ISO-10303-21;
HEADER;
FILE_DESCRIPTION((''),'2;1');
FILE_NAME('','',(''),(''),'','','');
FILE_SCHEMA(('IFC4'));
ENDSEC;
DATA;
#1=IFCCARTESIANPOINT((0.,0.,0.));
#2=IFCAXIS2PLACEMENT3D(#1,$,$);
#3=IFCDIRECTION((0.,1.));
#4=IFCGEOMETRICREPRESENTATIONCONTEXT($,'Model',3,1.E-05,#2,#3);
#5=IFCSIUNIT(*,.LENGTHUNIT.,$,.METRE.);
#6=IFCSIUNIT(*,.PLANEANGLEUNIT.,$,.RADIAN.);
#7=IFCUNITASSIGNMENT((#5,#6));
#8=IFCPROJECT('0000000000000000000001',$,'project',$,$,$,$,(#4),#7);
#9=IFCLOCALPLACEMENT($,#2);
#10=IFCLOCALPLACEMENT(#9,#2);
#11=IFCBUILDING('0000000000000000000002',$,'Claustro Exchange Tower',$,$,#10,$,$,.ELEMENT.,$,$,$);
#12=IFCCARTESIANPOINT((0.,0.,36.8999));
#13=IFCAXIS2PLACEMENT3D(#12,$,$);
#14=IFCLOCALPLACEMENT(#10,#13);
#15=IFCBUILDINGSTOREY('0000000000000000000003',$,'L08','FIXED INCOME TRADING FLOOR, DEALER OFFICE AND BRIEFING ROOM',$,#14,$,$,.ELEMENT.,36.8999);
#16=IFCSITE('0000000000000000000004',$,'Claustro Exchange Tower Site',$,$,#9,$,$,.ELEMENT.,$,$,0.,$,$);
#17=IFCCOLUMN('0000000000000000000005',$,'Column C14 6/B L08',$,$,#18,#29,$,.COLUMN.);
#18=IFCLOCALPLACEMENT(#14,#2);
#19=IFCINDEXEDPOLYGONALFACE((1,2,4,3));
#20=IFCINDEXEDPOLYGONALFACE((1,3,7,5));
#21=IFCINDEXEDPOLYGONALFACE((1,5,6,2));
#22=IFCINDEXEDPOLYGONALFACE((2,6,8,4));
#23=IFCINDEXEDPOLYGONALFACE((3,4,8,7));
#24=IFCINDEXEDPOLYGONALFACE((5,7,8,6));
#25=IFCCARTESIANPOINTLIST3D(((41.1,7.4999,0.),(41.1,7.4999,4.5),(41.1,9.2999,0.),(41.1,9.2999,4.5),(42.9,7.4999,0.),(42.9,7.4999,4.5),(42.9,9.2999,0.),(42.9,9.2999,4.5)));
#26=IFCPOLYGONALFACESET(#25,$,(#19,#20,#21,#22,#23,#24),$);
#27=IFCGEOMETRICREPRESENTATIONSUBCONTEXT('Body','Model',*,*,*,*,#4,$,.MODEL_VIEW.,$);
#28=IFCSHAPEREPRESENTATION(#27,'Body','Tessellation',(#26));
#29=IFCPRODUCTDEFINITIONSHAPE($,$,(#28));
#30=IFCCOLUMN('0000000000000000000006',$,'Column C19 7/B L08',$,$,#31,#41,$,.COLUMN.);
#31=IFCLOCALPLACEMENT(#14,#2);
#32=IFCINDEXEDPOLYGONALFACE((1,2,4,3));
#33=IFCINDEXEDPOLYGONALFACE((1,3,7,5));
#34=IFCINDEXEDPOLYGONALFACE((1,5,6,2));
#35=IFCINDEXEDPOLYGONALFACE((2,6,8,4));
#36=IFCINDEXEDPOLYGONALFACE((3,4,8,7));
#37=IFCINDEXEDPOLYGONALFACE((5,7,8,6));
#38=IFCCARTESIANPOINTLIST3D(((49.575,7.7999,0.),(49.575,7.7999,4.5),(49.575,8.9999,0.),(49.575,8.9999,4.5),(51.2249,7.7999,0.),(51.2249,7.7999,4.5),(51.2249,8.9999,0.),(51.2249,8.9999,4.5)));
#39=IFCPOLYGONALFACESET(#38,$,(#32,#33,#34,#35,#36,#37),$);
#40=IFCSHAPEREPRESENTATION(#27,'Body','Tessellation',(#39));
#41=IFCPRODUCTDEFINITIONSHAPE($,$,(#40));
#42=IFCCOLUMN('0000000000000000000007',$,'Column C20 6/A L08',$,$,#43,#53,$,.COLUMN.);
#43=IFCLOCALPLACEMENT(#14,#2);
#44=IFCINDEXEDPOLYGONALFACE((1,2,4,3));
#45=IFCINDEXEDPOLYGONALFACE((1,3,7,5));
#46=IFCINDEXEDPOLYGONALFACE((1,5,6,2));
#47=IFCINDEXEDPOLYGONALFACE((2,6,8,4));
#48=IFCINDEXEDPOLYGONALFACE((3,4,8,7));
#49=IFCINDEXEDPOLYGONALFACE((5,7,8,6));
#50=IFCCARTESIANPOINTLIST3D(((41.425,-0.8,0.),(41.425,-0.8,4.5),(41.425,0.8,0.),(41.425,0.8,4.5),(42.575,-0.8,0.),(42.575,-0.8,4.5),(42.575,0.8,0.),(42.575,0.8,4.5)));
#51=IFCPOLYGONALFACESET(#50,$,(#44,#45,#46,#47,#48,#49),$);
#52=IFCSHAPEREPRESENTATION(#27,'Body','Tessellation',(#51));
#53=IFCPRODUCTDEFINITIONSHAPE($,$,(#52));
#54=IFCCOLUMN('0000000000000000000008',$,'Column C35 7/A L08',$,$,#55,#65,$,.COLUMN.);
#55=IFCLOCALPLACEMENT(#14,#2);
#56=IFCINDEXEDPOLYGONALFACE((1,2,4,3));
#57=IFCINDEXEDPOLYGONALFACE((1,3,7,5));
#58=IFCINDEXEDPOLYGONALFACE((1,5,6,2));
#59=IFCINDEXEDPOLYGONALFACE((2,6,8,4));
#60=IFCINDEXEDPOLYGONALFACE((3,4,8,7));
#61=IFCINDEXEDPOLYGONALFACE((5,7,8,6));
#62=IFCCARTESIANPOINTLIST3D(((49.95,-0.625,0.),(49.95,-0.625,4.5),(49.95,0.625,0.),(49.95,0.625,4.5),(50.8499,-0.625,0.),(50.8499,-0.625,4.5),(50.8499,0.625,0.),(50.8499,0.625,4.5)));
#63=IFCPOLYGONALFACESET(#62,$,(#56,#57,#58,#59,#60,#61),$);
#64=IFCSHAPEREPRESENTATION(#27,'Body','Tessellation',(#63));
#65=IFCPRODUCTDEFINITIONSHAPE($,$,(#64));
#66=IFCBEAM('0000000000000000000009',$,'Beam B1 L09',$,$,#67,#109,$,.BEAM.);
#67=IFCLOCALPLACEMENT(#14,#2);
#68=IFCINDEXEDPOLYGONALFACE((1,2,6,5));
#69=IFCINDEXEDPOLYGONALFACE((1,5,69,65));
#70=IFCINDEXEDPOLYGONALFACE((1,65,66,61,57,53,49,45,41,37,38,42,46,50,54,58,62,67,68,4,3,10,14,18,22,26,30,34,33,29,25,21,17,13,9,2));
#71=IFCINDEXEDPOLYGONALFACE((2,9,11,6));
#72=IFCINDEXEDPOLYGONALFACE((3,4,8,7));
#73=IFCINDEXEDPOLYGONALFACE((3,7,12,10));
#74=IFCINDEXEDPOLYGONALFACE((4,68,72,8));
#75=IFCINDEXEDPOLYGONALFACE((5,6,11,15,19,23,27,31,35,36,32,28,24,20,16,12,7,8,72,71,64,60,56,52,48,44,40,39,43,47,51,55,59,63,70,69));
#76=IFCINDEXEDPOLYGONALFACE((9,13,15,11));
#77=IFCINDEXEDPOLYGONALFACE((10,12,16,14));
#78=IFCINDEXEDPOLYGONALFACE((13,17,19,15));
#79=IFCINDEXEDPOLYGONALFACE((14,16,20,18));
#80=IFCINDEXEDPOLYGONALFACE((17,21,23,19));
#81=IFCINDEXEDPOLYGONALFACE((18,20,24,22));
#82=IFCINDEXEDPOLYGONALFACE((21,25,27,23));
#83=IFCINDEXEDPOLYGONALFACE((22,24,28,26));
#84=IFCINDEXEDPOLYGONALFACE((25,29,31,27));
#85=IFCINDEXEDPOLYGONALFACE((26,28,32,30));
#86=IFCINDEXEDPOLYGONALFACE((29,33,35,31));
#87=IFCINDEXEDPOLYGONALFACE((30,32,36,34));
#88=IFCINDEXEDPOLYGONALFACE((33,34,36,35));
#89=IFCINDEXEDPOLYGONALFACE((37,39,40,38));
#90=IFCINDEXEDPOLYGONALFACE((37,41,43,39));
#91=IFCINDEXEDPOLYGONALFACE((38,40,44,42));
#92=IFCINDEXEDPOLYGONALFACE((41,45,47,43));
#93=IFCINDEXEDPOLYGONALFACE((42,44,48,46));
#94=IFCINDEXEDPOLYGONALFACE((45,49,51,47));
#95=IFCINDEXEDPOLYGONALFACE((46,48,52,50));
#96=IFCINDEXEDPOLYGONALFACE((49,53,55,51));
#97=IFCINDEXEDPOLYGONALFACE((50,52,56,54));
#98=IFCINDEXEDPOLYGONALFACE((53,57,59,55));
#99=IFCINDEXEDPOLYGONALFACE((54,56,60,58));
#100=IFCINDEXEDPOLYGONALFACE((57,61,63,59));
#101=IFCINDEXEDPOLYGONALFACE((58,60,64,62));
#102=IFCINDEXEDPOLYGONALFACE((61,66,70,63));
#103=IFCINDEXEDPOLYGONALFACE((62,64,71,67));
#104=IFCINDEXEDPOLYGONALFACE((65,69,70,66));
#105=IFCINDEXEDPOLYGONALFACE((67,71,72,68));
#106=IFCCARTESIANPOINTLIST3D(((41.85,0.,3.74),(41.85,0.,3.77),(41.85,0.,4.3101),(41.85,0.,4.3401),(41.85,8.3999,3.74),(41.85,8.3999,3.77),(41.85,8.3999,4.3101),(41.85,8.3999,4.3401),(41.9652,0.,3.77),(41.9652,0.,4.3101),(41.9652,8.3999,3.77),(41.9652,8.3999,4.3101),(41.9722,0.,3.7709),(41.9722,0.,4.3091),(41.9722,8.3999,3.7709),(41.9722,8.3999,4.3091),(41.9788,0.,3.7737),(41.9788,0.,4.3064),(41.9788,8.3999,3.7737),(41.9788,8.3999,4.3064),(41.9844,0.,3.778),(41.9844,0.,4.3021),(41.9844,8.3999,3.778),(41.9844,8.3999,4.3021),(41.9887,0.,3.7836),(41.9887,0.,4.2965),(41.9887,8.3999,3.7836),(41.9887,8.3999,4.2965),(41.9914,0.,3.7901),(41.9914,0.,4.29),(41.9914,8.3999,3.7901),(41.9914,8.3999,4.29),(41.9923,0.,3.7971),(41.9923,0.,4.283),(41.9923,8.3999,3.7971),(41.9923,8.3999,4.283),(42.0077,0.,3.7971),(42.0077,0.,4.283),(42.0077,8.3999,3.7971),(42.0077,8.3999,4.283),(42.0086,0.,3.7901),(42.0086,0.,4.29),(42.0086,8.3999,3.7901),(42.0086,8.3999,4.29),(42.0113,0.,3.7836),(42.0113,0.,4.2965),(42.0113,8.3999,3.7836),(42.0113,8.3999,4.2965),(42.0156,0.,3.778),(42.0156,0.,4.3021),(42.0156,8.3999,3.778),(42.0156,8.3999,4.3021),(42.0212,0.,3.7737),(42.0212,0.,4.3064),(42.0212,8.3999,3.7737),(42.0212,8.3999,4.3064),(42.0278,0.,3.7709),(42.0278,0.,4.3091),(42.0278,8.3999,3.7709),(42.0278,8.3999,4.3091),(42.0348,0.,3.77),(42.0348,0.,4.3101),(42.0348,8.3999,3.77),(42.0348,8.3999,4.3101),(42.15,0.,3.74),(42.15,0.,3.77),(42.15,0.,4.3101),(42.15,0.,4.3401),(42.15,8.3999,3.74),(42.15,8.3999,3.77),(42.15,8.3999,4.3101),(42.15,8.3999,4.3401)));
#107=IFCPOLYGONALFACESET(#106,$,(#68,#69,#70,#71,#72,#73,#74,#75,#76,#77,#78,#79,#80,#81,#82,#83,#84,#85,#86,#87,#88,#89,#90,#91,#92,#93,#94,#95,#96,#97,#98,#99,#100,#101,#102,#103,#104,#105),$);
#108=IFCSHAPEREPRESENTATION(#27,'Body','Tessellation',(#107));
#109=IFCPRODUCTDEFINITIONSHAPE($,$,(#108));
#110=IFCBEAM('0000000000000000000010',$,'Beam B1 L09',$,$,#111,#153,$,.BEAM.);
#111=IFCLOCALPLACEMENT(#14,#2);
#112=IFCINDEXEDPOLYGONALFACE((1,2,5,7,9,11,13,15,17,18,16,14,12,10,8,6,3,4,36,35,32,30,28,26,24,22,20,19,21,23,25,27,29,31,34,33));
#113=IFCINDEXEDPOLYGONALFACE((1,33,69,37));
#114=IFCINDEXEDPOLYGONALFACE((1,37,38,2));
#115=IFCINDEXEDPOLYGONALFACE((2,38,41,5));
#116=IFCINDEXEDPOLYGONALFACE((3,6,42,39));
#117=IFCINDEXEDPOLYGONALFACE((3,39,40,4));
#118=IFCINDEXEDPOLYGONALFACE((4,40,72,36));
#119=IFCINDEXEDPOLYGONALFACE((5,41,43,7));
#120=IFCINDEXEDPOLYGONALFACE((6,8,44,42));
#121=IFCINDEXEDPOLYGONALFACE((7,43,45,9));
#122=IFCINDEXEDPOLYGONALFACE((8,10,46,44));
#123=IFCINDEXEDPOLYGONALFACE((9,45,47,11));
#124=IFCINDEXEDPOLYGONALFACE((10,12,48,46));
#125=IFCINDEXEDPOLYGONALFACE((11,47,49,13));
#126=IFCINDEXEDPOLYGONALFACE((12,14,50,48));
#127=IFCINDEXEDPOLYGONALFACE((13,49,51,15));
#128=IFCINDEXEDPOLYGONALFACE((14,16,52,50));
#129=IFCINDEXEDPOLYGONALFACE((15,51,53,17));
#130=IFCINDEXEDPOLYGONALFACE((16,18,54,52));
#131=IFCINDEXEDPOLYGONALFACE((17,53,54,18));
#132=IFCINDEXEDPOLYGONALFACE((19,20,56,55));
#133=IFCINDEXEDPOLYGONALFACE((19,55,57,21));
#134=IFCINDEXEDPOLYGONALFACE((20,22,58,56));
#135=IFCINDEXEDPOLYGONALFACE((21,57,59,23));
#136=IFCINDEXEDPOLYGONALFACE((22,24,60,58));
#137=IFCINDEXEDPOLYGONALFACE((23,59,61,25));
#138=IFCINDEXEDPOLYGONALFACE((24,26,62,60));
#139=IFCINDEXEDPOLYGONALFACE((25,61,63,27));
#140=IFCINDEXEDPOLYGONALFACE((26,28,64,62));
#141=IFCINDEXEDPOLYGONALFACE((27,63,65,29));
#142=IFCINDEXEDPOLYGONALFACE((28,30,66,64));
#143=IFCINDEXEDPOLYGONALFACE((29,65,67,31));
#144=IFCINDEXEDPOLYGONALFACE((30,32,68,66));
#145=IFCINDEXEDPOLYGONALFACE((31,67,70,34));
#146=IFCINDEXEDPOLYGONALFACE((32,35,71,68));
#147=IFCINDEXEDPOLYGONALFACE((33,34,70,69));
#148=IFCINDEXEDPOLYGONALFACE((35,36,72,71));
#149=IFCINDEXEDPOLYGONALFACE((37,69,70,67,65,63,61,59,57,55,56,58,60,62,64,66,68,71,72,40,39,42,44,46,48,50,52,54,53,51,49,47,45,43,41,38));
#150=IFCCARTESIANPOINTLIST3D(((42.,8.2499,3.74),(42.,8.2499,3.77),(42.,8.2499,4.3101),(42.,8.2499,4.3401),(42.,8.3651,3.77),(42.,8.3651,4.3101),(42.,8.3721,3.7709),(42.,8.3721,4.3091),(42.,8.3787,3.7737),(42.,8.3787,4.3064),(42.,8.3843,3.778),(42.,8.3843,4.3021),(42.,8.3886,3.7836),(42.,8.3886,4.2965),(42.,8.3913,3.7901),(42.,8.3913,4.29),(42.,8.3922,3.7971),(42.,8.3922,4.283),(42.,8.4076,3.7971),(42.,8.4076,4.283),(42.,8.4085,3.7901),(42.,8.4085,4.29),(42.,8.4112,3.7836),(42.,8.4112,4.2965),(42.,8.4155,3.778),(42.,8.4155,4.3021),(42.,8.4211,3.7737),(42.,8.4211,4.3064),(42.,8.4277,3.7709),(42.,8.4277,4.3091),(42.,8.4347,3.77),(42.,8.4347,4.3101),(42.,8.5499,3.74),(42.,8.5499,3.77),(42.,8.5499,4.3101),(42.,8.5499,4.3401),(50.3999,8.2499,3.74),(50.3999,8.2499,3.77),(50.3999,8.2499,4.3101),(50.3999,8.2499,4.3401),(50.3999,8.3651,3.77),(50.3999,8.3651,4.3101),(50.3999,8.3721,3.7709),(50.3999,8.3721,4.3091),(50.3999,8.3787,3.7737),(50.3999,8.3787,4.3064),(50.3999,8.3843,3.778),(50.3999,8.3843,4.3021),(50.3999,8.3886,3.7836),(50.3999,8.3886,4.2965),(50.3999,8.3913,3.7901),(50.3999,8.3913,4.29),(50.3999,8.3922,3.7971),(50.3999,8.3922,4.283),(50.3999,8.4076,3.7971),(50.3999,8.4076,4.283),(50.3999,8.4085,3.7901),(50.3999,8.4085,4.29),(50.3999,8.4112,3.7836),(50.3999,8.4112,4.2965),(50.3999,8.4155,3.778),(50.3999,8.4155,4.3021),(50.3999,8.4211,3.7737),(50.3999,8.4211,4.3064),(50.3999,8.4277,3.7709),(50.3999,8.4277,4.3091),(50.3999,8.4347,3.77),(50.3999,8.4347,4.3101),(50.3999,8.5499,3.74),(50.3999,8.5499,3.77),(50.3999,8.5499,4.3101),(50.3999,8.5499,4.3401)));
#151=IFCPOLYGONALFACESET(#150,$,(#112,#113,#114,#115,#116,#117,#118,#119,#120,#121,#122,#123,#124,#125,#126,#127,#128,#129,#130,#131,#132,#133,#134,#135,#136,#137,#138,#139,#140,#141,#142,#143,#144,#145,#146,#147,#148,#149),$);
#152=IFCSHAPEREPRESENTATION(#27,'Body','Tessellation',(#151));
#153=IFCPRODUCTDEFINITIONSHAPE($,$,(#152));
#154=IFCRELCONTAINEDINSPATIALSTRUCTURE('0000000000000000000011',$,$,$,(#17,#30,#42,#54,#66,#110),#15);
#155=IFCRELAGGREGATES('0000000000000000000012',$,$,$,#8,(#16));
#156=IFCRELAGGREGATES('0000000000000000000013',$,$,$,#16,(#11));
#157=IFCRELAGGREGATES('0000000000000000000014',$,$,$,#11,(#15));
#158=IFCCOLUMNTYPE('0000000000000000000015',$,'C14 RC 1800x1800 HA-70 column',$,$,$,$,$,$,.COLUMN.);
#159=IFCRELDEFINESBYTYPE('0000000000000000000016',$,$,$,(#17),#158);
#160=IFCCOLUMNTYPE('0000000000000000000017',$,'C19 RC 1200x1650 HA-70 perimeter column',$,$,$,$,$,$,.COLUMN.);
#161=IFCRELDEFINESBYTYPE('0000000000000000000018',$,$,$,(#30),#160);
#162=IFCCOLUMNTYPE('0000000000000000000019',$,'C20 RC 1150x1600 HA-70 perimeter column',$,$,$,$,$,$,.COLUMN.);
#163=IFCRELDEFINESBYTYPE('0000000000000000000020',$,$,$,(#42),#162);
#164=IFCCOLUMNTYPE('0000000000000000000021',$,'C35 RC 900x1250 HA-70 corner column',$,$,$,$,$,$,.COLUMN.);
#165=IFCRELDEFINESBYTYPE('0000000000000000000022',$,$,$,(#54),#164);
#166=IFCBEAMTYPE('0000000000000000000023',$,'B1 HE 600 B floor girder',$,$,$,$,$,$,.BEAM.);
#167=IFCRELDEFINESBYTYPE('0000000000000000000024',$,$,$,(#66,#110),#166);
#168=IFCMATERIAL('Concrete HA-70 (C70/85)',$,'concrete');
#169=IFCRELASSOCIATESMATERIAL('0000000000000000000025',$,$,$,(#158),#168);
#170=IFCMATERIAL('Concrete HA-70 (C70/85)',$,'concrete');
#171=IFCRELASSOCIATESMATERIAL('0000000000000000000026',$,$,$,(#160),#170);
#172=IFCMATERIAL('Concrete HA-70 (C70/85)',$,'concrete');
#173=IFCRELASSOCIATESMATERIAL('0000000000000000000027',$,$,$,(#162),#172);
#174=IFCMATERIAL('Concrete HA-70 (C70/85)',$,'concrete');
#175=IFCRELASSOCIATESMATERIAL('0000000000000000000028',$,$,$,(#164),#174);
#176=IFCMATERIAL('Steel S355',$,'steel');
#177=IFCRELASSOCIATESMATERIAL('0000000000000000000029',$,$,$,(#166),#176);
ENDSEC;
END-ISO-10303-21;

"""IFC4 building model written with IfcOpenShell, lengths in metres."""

from ifc_helpers import new_model, si_unit, direction, frame, origin, origin_2d, place, context, subcontext, project, spatial, rectangle, i_section, extrude, material, material_profile, profile_set, type_object, element, save


model = new_model("IFC4")

# Units and contexts
model_context = context("Model", 3, precision=1e-05, world=origin(), true_north=direction((0.0, 1.0)))
body_context = subcontext(model_context, "Body", "Model", "MODEL_VIEW")
ifc_project = project(units=[si_unit("LENGTHUNIT", "METRE"), si_unit("PLANEANGLEUNIT", "RADIAN")], contexts=[model_context])

# Site, building, storey
site_placement = place(None, origin())
site = spatial("IfcSite", under=ifc_project, at=site_placement, Name="Claustro Exchange Tower Site", CompositionType="ELEMENT", RefElevation=0.0)
building_placement = place(site_placement, origin())
building = spatial("IfcBuilding", under=site, at=building_placement, Name="Claustro Exchange Tower", CompositionType="ELEMENT")
storey_placement = place(building_placement, frame((0.0, 0.0, 36.8999)))
storey = spatial("IfcBuildingStorey", under=building, at=storey_placement, Name="L08", Description="FIXED INCOME TRADING FLOOR, DEALER OFFICE AND BRIEFING ROOM", CompositionType="ELEMENT", Elevation=36.8999)

# Columns
ifc_material_1 = material(Name="Concrete HA-70 (C70/85)", Category="concrete")
ifc_material_profile_1 = material_profile(ifc_material_1, rectangle(XDim=1.8, YDim=1.8, at=origin_2d()), Name="RC 1800x1800")
ifc_profile_set_1 = profile_set([ifc_material_profile_1], Name="Concrete HA-70 (C70/85)")
column_type_1 = type_object("IfcColumnType", Name="C14 RC 1800x1800 HA-70 column", PredefinedType="COLUMN", material=ifc_profile_set_1)
column_1_placement = place(storey_placement, frame((42.0, 8.3999, 0.0), z_axis=(0.0, 0.0, 1.0), x_axis=(1.0, 0.0, 0.0)))
element("IfcColumn", 1, at=column_1_placement, inside=storey, type_object=column_type_1, Name="Column C14 6/B L08", PredefinedType="COLUMN", context=body_context, shape_type="SweptSolid", body=[
    extrude(rectangle(XDim=1.8, YDim=1.8, at=origin_2d()), origin(), (0.0, 0.0, 1.0), 4.5),
])
ifc_material_2 = material(Name="Concrete HA-70 (C70/85)", Category="concrete")
ifc_material_profile_2 = material_profile(ifc_material_2, rectangle(XDim=1.2, YDim=1.6499, at=origin_2d()), Name="RC 1200x1650")
ifc_profile_set_2 = profile_set([ifc_material_profile_2], Name="Concrete HA-70 (C70/85)")
column_type_2 = type_object("IfcColumnType", Name="C19 RC 1200x1650 HA-70 perimeter column", PredefinedType="COLUMN", material=ifc_profile_set_2)
column_2_placement = place(storey_placement, frame((50.3999, 8.3999, 0.0), z_axis=(0.0, 0.0, 1.0), x_axis=(0.0, 1.0, 0.0)))
element("IfcColumn", 2, at=column_2_placement, inside=storey, type_object=column_type_2, Name="Column C19 7/B L08", PredefinedType="COLUMN", context=body_context, shape_type="SweptSolid", body=[
    extrude(rectangle(XDim=1.2, YDim=1.6499, at=origin_2d()), origin(), (0.0, 0.0, 1.0), 4.5),
])
ifc_material_3 = material(Name="Concrete HA-70 (C70/85)", Category="concrete")
ifc_material_profile_3 = material_profile(ifc_material_3, rectangle(XDim=1.1499, YDim=1.6001, at=origin_2d()), Name="RC 1150x1600")
ifc_profile_set_3 = profile_set([ifc_material_profile_3], Name="Concrete HA-70 (C70/85)")
column_type_3 = type_object("IfcColumnType", Name="C20 RC 1150x1600 HA-70 perimeter column", PredefinedType="COLUMN", material=ifc_profile_set_3)
column_3_placement = place(storey_placement, frame((42.0, 0.0, 0.0), z_axis=(0.0, 0.0, 1.0), x_axis=(1.0, 0.0, 0.0)))
element("IfcColumn", 3, at=column_3_placement, inside=storey, type_object=column_type_3, Name="Column C20 6/A L08", PredefinedType="COLUMN", context=body_context, shape_type="SweptSolid", body=[
    extrude(rectangle(XDim=1.1499, YDim=1.6001, at=origin_2d()), origin(), (0.0, 0.0, 1.0), 4.5),
])
ifc_material_4 = material(Name="Concrete HA-70 (C70/85)", Category="concrete")
ifc_material_profile_4 = material_profile(ifc_material_4, rectangle(XDim=0.8999, YDim=1.25, at=origin_2d()), Name="RC 900x1250")
ifc_profile_set_4 = profile_set([ifc_material_profile_4], Name="Concrete HA-70 (C70/85)")
column_type_4 = type_object("IfcColumnType", Name="C35 RC 900x1250 HA-70 corner column", PredefinedType="COLUMN", material=ifc_profile_set_4)
column_4_placement = place(storey_placement, frame((50.3999, 0.0, 0.0), z_axis=(0.0, 0.0, 1.0), x_axis=(1.0, 0.0, 0.0)))
element("IfcColumn", 4, at=column_4_placement, inside=storey, type_object=column_type_4, Name="Column C35 7/A L08", PredefinedType="COLUMN", context=body_context, shape_type="SweptSolid", body=[
    extrude(rectangle(XDim=0.8999, YDim=1.25, at=origin_2d()), origin(), (0.0, 0.0, 1.0), 4.5),
])

# Beams
ifc_material_5 = material(Name="Steel S355", Category="steel")
ifc_material_profile_5 = material_profile(ifc_material_5, i_section(OverallWidth=0.3, OverallDepth=0.6001, WebThickness=0.0154, FlangeThickness=0.03, FilletRadius=0.0271, at=origin_2d()), Name="HE 600 B")
ifc_profile_set_5 = profile_set([ifc_material_profile_5], Name="Steel S355")
beam_type_1 = type_object("IfcBeamType", Name="B1 HE 600 B floor girder", PredefinedType="BEAM", material=ifc_profile_set_5)
for number, where, z_axis, x_axis, name in (
    (5, (42.0, 0.0, 4.04), (0.0, 1.0, 0.0), (-1.0, 0.0, 0.0), "Beam B1 L09"),
    (6, (42.0, 8.3999, 4.04), (1.0, 0.0, 0.0), (0.0, 1.0, 0.0), "Beam B1 L09"),
):
    element("IfcBeam", number, at=place(storey_placement, frame(where, z_axis=z_axis, x_axis=x_axis)), inside=storey, type_object=beam_type_1, Name=name, PredefinedType="BEAM", context=body_context, shape_type="SweptSolid", body=[
        extrude(i_section(OverallWidth=0.3, OverallDepth=0.6001, WebThickness=0.0154, FlangeThickness=0.03, FilletRadius=0.0271, at=origin_2d()), origin(), (0.0, 0.0, 1.0), 8.3999),
    ])

save(model, "model.ifc")
